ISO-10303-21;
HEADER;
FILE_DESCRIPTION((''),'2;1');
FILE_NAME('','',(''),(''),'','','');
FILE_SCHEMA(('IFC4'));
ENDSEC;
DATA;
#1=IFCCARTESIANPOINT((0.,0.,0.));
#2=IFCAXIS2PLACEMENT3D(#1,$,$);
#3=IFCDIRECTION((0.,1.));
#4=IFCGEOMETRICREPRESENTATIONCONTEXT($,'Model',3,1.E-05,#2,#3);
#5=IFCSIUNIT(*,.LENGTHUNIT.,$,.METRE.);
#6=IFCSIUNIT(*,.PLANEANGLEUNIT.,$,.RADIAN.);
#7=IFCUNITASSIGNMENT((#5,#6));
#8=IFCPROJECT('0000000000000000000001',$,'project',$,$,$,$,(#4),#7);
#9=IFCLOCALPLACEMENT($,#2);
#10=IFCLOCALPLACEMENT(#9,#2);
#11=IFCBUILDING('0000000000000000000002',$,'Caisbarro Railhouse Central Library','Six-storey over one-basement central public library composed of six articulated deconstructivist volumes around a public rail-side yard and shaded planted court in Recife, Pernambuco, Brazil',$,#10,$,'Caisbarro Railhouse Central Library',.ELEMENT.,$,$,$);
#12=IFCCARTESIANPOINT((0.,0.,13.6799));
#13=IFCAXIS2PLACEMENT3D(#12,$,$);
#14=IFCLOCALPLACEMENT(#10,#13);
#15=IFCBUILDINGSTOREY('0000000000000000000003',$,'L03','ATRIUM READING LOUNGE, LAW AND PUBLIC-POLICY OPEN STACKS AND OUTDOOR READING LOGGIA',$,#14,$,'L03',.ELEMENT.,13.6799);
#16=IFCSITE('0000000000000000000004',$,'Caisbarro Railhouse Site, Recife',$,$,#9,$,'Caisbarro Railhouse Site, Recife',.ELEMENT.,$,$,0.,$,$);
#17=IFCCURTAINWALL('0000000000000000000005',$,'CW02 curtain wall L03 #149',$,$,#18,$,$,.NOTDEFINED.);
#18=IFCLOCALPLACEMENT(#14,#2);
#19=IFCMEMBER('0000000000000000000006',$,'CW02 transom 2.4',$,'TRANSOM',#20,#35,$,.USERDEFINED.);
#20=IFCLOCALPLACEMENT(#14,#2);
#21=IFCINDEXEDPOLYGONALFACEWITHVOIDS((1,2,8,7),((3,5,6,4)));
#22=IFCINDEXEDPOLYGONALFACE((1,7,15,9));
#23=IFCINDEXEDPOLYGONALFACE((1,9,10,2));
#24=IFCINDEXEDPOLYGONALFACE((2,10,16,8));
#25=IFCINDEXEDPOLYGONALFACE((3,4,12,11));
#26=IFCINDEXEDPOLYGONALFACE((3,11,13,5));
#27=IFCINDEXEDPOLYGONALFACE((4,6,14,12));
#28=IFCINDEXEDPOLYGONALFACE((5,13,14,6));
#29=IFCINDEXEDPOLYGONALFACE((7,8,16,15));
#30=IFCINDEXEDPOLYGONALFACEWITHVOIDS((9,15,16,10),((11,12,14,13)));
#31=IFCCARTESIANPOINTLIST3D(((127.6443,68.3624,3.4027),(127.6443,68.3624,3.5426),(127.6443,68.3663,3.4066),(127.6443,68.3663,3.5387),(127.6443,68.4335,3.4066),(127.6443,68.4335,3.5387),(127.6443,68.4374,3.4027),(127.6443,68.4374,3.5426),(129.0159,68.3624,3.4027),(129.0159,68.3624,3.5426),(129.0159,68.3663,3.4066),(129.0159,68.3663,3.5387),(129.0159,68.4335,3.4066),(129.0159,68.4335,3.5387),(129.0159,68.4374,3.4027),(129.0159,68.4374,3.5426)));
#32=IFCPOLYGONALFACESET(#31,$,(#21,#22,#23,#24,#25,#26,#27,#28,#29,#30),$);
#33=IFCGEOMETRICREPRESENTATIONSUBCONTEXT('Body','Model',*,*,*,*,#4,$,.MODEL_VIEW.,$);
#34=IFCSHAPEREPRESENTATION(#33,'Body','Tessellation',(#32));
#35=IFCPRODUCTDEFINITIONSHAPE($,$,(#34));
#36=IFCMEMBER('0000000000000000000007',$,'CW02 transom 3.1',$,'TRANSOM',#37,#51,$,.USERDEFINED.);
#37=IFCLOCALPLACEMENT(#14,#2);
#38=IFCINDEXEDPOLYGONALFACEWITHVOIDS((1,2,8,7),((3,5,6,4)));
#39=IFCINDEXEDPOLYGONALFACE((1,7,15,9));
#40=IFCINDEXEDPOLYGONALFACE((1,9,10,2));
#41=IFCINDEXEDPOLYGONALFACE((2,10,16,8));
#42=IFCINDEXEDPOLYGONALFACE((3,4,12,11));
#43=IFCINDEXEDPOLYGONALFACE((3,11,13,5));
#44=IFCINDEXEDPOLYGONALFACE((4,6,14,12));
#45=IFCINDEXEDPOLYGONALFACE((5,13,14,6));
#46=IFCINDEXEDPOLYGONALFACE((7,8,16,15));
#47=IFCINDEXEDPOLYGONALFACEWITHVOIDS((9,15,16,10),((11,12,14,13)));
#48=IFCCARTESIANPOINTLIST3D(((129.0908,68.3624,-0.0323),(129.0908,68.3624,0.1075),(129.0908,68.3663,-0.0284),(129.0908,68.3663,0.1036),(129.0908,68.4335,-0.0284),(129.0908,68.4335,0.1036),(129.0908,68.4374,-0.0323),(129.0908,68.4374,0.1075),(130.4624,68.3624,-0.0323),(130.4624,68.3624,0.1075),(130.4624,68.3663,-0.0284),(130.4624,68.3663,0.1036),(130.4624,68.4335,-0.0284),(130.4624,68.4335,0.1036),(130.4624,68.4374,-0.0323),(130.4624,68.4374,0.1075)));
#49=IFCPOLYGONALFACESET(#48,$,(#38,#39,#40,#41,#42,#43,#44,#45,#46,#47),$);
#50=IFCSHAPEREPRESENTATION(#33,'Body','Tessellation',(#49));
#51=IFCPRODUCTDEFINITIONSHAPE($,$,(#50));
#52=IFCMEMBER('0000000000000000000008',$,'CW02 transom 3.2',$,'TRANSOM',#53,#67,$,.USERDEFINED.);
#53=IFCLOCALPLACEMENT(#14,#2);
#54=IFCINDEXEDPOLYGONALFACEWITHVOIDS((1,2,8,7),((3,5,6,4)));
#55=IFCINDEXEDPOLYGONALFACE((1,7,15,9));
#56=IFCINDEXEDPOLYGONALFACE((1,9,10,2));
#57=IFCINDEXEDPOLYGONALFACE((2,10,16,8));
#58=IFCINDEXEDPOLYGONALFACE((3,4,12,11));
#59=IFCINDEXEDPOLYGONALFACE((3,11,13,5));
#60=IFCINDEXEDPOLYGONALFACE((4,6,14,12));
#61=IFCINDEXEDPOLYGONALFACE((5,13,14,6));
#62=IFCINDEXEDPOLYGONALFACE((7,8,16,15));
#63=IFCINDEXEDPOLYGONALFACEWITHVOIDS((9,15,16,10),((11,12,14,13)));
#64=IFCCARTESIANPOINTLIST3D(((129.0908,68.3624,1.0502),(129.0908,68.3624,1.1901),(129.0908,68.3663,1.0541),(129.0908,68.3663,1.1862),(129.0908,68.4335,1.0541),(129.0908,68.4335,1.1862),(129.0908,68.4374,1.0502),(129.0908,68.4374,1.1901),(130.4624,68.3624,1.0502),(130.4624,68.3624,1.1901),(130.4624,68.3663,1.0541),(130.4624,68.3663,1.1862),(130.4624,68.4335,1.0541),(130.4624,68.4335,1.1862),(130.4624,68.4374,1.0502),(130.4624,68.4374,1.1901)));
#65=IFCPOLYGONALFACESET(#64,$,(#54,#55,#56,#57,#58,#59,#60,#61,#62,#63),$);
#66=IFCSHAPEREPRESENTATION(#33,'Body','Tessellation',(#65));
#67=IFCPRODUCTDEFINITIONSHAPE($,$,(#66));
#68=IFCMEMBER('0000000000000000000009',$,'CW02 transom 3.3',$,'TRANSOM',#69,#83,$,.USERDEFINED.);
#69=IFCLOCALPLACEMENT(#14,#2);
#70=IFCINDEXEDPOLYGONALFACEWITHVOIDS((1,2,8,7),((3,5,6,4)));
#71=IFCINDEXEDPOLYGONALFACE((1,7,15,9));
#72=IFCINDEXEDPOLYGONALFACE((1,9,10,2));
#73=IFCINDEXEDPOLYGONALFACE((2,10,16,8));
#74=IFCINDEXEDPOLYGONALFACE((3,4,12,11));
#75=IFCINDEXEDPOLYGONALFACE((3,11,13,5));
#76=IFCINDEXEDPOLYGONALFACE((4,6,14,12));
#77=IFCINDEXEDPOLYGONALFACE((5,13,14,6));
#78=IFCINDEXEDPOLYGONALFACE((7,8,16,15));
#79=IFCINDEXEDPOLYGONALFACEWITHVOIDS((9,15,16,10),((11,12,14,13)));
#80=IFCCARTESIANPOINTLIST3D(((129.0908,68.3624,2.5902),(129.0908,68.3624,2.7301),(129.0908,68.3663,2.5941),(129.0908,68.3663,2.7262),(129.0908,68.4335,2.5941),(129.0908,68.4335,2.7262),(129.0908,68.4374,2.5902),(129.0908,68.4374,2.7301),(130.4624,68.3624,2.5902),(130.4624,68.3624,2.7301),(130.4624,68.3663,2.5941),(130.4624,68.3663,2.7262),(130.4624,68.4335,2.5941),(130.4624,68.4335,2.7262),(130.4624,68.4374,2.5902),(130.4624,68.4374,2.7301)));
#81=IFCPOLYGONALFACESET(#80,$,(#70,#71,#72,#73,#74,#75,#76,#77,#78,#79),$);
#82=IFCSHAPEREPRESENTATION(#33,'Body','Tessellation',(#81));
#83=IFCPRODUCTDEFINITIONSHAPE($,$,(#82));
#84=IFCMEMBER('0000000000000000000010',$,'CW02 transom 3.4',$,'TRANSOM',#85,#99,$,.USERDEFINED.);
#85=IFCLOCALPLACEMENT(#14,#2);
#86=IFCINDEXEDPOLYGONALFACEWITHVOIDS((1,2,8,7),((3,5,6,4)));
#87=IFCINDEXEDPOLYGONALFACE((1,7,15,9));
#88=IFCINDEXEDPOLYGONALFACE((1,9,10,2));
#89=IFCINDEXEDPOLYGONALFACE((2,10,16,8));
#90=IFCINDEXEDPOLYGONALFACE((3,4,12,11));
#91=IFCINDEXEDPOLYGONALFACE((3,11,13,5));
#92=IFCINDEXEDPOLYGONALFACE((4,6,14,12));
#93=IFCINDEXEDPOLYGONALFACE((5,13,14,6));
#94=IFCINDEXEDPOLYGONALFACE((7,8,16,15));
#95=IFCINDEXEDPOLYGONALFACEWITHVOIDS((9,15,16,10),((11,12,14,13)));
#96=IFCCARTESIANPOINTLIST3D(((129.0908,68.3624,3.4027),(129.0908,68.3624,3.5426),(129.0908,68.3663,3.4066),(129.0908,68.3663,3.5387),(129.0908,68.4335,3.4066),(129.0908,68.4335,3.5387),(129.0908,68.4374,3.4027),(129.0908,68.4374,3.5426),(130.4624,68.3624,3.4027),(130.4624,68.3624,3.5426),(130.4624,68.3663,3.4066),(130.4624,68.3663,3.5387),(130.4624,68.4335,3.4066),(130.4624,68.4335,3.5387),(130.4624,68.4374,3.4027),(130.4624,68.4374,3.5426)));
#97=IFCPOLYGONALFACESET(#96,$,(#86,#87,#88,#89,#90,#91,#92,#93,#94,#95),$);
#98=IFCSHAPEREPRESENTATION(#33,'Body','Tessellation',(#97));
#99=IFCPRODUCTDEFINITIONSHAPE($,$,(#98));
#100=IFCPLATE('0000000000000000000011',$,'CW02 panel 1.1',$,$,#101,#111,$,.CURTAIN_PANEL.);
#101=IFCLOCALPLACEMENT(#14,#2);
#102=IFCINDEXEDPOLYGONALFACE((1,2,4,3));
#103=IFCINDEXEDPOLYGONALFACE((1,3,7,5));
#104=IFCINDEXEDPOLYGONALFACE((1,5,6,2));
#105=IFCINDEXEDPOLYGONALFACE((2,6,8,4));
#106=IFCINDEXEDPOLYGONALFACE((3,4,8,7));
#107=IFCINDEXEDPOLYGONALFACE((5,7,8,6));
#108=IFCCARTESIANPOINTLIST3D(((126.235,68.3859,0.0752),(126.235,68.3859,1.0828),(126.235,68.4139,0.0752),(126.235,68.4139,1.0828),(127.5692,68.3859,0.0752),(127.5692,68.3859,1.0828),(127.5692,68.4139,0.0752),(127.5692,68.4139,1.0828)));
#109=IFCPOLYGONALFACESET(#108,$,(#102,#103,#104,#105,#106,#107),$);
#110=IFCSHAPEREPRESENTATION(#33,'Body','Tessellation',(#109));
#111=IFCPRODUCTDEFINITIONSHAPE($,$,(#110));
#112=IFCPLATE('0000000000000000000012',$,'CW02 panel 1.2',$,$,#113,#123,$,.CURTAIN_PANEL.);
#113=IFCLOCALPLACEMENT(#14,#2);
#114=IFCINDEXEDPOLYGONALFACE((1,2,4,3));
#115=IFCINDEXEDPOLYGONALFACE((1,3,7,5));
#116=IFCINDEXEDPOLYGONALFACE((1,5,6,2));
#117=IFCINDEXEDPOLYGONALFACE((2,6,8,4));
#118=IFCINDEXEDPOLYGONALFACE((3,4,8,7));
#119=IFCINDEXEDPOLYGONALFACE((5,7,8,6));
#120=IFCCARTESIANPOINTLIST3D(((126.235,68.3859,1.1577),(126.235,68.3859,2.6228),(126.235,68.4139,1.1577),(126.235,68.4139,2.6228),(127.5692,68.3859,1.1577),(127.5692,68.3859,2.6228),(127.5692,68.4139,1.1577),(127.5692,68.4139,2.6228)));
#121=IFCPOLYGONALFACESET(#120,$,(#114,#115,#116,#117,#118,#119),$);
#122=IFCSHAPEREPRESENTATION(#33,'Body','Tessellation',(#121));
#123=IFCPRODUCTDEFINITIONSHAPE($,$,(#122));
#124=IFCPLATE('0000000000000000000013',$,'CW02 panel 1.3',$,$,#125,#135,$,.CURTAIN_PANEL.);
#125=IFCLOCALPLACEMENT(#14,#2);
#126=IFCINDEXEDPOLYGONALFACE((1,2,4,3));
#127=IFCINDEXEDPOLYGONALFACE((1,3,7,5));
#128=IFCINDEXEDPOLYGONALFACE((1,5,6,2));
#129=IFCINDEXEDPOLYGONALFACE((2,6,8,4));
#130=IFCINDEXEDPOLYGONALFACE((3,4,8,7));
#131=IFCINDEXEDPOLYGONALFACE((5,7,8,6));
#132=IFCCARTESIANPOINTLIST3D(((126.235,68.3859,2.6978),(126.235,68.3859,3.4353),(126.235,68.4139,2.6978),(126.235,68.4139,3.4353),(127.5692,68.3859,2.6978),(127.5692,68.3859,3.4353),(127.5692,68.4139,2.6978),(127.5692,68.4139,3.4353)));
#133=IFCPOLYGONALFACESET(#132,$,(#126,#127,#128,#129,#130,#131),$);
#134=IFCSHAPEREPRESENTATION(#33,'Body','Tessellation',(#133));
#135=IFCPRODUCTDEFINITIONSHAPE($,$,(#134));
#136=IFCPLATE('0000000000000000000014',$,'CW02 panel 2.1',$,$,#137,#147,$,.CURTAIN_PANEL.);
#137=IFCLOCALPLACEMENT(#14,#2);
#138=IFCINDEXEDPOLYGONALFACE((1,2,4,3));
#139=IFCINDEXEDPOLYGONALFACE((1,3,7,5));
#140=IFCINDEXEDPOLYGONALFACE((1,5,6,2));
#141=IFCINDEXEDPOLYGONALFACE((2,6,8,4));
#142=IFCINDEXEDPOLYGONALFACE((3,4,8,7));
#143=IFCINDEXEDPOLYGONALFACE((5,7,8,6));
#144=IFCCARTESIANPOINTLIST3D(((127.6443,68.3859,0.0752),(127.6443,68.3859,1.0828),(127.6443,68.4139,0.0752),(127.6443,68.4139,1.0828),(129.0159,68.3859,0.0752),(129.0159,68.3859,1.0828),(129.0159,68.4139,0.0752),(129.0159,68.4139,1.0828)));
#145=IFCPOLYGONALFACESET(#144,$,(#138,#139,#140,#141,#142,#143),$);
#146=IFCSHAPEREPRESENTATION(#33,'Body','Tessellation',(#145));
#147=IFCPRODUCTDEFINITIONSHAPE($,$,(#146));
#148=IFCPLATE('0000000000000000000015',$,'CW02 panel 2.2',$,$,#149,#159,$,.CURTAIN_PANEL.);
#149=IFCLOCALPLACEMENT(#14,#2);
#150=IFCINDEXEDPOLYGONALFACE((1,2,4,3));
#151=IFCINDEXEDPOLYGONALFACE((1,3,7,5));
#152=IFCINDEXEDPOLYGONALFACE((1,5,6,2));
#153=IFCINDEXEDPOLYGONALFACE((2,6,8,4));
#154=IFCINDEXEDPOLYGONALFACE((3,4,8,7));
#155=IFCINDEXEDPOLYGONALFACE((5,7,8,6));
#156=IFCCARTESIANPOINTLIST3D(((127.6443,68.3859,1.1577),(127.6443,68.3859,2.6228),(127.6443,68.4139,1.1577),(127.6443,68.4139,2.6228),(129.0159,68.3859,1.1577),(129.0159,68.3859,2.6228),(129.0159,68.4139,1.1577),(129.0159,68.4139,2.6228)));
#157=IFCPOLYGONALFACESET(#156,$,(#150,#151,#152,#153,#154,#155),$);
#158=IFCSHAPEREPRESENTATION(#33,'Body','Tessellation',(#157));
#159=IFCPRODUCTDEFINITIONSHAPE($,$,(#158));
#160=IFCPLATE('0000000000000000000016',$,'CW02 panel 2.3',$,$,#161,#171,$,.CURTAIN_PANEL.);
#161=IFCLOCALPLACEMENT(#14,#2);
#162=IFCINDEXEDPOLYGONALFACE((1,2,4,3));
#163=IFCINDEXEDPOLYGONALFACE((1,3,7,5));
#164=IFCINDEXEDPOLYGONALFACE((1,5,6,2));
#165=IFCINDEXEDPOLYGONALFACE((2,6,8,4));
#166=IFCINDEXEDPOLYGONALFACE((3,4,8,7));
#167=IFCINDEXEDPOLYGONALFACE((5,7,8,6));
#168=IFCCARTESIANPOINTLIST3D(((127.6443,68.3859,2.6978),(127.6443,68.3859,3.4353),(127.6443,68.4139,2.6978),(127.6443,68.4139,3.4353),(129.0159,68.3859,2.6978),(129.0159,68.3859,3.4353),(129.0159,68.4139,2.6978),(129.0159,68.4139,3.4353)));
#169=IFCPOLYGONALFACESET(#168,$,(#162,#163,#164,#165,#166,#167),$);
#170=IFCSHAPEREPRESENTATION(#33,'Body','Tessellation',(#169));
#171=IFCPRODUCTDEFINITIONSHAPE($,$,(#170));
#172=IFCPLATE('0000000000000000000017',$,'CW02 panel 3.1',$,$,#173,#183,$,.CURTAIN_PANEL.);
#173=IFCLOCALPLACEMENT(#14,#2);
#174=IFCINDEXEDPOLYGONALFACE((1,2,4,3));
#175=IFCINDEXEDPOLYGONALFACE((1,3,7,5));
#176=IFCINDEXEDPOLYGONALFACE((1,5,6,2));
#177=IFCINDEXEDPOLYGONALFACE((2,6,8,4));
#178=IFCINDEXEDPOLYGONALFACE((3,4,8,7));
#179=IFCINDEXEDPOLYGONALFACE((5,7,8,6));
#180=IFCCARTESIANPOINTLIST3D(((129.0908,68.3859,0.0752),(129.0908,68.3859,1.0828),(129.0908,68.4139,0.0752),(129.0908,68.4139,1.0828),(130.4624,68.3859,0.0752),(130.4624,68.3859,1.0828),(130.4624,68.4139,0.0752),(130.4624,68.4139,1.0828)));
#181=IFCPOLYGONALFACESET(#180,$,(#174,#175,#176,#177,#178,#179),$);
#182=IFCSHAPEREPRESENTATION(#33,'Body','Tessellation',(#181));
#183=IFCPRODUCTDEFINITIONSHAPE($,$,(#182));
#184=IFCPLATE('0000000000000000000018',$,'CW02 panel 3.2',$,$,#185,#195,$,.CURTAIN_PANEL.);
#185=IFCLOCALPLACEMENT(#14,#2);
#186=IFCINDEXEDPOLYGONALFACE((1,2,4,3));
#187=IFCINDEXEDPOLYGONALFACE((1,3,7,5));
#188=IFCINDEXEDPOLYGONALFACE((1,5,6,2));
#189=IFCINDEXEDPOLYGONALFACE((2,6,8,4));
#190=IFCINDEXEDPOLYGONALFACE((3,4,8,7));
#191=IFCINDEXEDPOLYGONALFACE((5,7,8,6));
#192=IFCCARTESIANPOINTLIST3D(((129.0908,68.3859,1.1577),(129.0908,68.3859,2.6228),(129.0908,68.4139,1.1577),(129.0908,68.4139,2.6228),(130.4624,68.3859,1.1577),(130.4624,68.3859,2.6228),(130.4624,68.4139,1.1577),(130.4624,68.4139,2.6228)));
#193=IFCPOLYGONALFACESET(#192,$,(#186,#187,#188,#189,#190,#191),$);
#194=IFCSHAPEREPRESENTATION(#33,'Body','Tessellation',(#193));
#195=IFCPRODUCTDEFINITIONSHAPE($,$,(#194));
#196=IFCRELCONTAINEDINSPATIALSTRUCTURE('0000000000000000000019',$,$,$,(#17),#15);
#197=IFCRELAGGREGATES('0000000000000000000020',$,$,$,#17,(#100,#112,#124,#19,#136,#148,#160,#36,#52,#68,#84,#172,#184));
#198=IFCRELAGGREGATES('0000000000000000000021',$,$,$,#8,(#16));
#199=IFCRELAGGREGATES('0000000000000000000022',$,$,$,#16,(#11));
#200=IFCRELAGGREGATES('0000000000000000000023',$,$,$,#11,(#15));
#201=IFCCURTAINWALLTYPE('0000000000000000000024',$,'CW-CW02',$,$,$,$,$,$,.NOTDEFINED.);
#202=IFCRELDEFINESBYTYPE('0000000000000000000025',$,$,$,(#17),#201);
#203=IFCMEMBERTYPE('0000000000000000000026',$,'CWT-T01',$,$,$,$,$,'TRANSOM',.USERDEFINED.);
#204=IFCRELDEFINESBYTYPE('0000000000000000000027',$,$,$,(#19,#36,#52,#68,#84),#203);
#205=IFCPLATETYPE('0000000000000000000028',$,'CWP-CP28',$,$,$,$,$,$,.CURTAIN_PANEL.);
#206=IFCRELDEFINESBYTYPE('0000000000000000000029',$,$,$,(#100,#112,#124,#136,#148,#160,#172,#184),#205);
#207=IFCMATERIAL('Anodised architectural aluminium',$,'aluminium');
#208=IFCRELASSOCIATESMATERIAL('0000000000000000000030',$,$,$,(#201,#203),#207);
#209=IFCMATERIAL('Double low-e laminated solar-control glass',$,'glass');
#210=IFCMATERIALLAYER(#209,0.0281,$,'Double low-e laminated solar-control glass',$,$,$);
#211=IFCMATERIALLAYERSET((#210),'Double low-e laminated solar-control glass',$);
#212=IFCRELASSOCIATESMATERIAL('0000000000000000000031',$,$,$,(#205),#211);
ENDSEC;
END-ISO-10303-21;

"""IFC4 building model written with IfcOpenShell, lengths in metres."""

from ifc_helpers import new_model, si_unit, direction, frame, origin, origin_2d, place, context, subcontext, project, spatial, rectangle, hollow_rectangle, extrude, material, layer, layer_set, material_profile, profile_set, type_object, element, aggregate, save


model = new_model("IFC4")

# Units and contexts
model_context = context("Model", 3, precision=1e-05, world=origin(), true_north=direction((0.0, 1.0)))
body_context = subcontext(model_context, "Body", "Model", "MODEL_VIEW")
ifc_project = project(units=[si_unit("LENGTHUNIT", "METRE"), si_unit("PLANEANGLEUNIT", "RADIAN")], contexts=[model_context])

# Site, building, storey
site_placement = place(None, origin())
site = spatial("IfcSite", under=ifc_project, at=site_placement, Name="Caisbarro Railhouse Site, Recife", LongName="Caisbarro Railhouse Site, Recife", CompositionType="ELEMENT", RefElevation=0.0)
building_placement = place(site_placement, origin())
building = spatial("IfcBuilding", under=site, at=building_placement, Name="Caisbarro Railhouse Central Library", Description="Six-storey over one-basement central public library composed of six articulated deconstructivist volumes around a public rail-side yard and shaded planted court in Recife, Pernambuco, Brazil", LongName="Caisbarro Railhouse Central Library", CompositionType="ELEMENT")
storey_placement = place(building_placement, frame((0.0, 0.0, 13.6799)))
storey = spatial("IfcBuildingStorey", under=building, at=storey_placement, Name="L03", Description="ATRIUM READING LOUNGE, LAW AND PUBLIC-POLICY OPEN STACKS AND OUTDOOR READING LOGGIA", LongName="L03", CompositionType="ELEMENT", Elevation=13.6799)

# Curtain wall, members, plates
ifc_material_1 = material(Name="Anodised architectural aluminium", Category="aluminium")
curtain_wall_type = type_object("IfcCurtainWallType", Name="CW-CW02", PredefinedType="NOTDEFINED", material=ifc_material_1)
curtain_wall_placement = place(storey_placement, origin())
curtain_wall = element("IfcCurtainWall", 1, at=curtain_wall_placement, inside=storey, type_object=curtain_wall_type, Name="CW02 curtain wall L03 #149", PredefinedType="NOTDEFINED")
ifc_material_profile_1 = material_profile(ifc_material_1, hollow_rectangle(XDim=0.075, YDim=0.1399, WallThickness=0.0039, at=origin_2d()), Name="ALU-TRN-75X140")
ifc_profile_set_1 = profile_set([ifc_material_profile_1], Name="Anodised architectural aluminium")
member_type_1 = type_object("IfcMemberType", Name="CWT-T01", ElementType="TRANSOM", PredefinedType="USERDEFINED", material=ifc_profile_set_1)
member_1_placement = place(storey_placement, frame((127.6443, 68.3999, 3.4727), z_axis=(1.0, 0.0, 0.0), x_axis=(0.0, 1.0, 0.0)))
member_1 = element("IfcMember", 2, at=member_1_placement, type_object=member_type_1, Name="CW02 transom 2.4", ObjectType="TRANSOM", PredefinedType="USERDEFINED", context=body_context, shape_type="SweptSolid", body=[
    extrude(hollow_rectangle(XDim=0.075, YDim=0.1399, WallThickness=0.0039, at=origin_2d()), origin(), (0.0, 0.0, 1.0), 1.3716),
])
member_2_placement = place(storey_placement, frame((129.0908, 68.3999, 0.0376), z_axis=(1.0, 0.0, 0.0), x_axis=(0.0, 1.0, 0.0)))
member_2 = element("IfcMember", 3, at=member_2_placement, type_object=member_type_1, Name="CW02 transom 3.1", ObjectType="TRANSOM", PredefinedType="USERDEFINED", context=body_context, shape_type="SweptSolid", body=[
    extrude(hollow_rectangle(XDim=0.075, YDim=0.1399, WallThickness=0.0039, at=origin_2d()), origin(), (0.0, 0.0, 1.0), 1.3716),
])
member_3_placement = place(storey_placement, frame((129.0908, 68.3999, 1.1201), z_axis=(1.0, 0.0, 0.0), x_axis=(0.0, 1.0, 0.0)))
member_3 = element("IfcMember", 4, at=member_3_placement, type_object=member_type_1, Name="CW02 transom 3.2", ObjectType="TRANSOM", PredefinedType="USERDEFINED", context=body_context, shape_type="SweptSolid", body=[
    extrude(hollow_rectangle(XDim=0.075, YDim=0.1399, WallThickness=0.0039, at=origin_2d()), origin(), (0.0, 0.0, 1.0), 1.3716),
])
member_4_placement = place(storey_placement, frame((129.0908, 68.3999, 2.6602), z_axis=(1.0, 0.0, 0.0), x_axis=(0.0, 1.0, 0.0)))
member_4 = element("IfcMember", 5, at=member_4_placement, type_object=member_type_1, Name="CW02 transom 3.3", ObjectType="TRANSOM", PredefinedType="USERDEFINED", context=body_context, shape_type="SweptSolid", body=[
    extrude(hollow_rectangle(XDim=0.075, YDim=0.1399, WallThickness=0.0039, at=origin_2d()), origin(), (0.0, 0.0, 1.0), 1.3716),
])
member_5_placement = place(storey_placement, frame((129.0908, 68.3999, 3.4727), z_axis=(1.0, 0.0, 0.0), x_axis=(0.0, 1.0, 0.0)))
member_5 = element("IfcMember", 6, at=member_5_placement, type_object=member_type_1, Name="CW02 transom 3.4", ObjectType="TRANSOM", PredefinedType="USERDEFINED", context=body_context, shape_type="SweptSolid", body=[
    extrude(hollow_rectangle(XDim=0.075, YDim=0.1399, WallThickness=0.0039, at=origin_2d()), origin(), (0.0, 0.0, 1.0), 1.3716),
])
ifc_material_2 = material(Name="Double low-e laminated solar-control glass", Category="glass")
ifc_layer = layer(ifc_material_2, 0.0281, Name="Double low-e laminated solar-control glass")
ifc_layer_set = layer_set([ifc_layer], Name="Double low-e laminated solar-control glass")
plate_type = type_object("IfcPlateType", Name="CWP-CP28", PredefinedType="CURTAIN_PANEL", material=ifc_layer_set)
plate_1_placement = place(storey_placement, frame((126.9021, 68.3999, 0.0752), z_axis=(0.0, 0.0, 1.0), x_axis=(1.0, 0.0, 0.0)))
plate_1 = element("IfcPlate", 7, at=plate_1_placement, type_object=plate_type, Name="CW02 panel 1.1", PredefinedType="CURTAIN_PANEL", context=body_context, shape_type="SweptSolid", body=[
    extrude(rectangle(XDim=1.3342, YDim=0.0281, at=origin_2d()), origin(), (0.0, 0.0, 1.0), 1.0076),
])
plate_2_placement = place(storey_placement, frame((126.9021, 68.3999, 1.1577), z_axis=(0.0, 0.0, 1.0), x_axis=(1.0, 0.0, 0.0)))
plate_2 = element("IfcPlate", 8, at=plate_2_placement, type_object=plate_type, Name="CW02 panel 1.2", PredefinedType="CURTAIN_PANEL", context=body_context, shape_type="SweptSolid", body=[
    extrude(rectangle(XDim=1.3342, YDim=0.0281, at=origin_2d()), origin(), (0.0, 0.0, 1.0), 1.4651),
])
plate_3_placement = place(storey_placement, frame((126.9021, 68.3999, 2.6978), z_axis=(0.0, 0.0, 1.0), x_axis=(1.0, 0.0, 0.0)))
plate_3 = element("IfcPlate", 9, at=plate_3_placement, type_object=plate_type, Name="CW02 panel 1.3", PredefinedType="CURTAIN_PANEL", context=body_context, shape_type="SweptSolid", body=[
    extrude(rectangle(XDim=1.3342, YDim=0.0281, at=origin_2d()), origin(), (0.0, 0.0, 1.0), 0.7375),
])
plate_4_placement = place(storey_placement, frame((128.3301, 68.3999, 0.0752), z_axis=(0.0, 0.0, 1.0), x_axis=(1.0, 0.0, 0.0)))
plate_4 = element("IfcPlate", 10, at=plate_4_placement, type_object=plate_type, Name="CW02 panel 2.1", PredefinedType="CURTAIN_PANEL", context=body_context, shape_type="SweptSolid", body=[
    extrude(rectangle(XDim=1.3716, YDim=0.0281, at=origin_2d()), origin(), (0.0, 0.0, 1.0), 1.0076),
])
plate_5_placement = place(storey_placement, frame((128.3301, 68.3999, 1.1577), z_axis=(0.0, 0.0, 1.0), x_axis=(1.0, 0.0, 0.0)))
plate_5 = element("IfcPlate", 11, at=plate_5_placement, type_object=plate_type, Name="CW02 panel 2.2", PredefinedType="CURTAIN_PANEL", context=body_context, shape_type="SweptSolid", body=[
    extrude(rectangle(XDim=1.3716, YDim=0.0281, at=origin_2d()), origin(), (0.0, 0.0, 1.0), 1.4651),
])
plate_6_placement = place(storey_placement, frame((128.3301, 68.3999, 2.6978), z_axis=(0.0, 0.0, 1.0), x_axis=(1.0, 0.0, 0.0)))
plate_6 = element("IfcPlate", 12, at=plate_6_placement, type_object=plate_type, Name="CW02 panel 2.3", PredefinedType="CURTAIN_PANEL", context=body_context, shape_type="SweptSolid", body=[
    extrude(rectangle(XDim=1.3716, YDim=0.0281, at=origin_2d()), origin(), (0.0, 0.0, 1.0), 0.7375),
])
plate_7_placement = place(storey_placement, frame((129.7766, 68.3999, 0.0752), z_axis=(0.0, 0.0, 1.0), x_axis=(1.0, 0.0, 0.0)))
plate_7 = element("IfcPlate", 13, at=plate_7_placement, type_object=plate_type, Name="CW02 panel 3.1", PredefinedType="CURTAIN_PANEL", context=body_context, shape_type="SweptSolid", body=[
    extrude(rectangle(XDim=1.3716, YDim=0.0281, at=origin_2d()), origin(), (0.0, 0.0, 1.0), 1.0076),
])
plate_8_placement = place(storey_placement, frame((129.7766, 68.3999, 1.1577), z_axis=(0.0, 0.0, 1.0), x_axis=(1.0, 0.0, 0.0)))
plate_8 = element("IfcPlate", 14, at=plate_8_placement, type_object=plate_type, Name="CW02 panel 3.2", PredefinedType="CURTAIN_PANEL", context=body_context, shape_type="SweptSolid", body=[
    extrude(rectangle(XDim=1.3716, YDim=0.0281, at=origin_2d()), origin(), (0.0, 0.0, 1.0), 1.4651),
])
aggregate(curtain_wall, [plate_1, plate_2, plate_3, member_1, plate_4, plate_5, plate_6, member_2, member_3, member_4, member_5, plate_7, plate_8])

save(model, "model.ifc")
